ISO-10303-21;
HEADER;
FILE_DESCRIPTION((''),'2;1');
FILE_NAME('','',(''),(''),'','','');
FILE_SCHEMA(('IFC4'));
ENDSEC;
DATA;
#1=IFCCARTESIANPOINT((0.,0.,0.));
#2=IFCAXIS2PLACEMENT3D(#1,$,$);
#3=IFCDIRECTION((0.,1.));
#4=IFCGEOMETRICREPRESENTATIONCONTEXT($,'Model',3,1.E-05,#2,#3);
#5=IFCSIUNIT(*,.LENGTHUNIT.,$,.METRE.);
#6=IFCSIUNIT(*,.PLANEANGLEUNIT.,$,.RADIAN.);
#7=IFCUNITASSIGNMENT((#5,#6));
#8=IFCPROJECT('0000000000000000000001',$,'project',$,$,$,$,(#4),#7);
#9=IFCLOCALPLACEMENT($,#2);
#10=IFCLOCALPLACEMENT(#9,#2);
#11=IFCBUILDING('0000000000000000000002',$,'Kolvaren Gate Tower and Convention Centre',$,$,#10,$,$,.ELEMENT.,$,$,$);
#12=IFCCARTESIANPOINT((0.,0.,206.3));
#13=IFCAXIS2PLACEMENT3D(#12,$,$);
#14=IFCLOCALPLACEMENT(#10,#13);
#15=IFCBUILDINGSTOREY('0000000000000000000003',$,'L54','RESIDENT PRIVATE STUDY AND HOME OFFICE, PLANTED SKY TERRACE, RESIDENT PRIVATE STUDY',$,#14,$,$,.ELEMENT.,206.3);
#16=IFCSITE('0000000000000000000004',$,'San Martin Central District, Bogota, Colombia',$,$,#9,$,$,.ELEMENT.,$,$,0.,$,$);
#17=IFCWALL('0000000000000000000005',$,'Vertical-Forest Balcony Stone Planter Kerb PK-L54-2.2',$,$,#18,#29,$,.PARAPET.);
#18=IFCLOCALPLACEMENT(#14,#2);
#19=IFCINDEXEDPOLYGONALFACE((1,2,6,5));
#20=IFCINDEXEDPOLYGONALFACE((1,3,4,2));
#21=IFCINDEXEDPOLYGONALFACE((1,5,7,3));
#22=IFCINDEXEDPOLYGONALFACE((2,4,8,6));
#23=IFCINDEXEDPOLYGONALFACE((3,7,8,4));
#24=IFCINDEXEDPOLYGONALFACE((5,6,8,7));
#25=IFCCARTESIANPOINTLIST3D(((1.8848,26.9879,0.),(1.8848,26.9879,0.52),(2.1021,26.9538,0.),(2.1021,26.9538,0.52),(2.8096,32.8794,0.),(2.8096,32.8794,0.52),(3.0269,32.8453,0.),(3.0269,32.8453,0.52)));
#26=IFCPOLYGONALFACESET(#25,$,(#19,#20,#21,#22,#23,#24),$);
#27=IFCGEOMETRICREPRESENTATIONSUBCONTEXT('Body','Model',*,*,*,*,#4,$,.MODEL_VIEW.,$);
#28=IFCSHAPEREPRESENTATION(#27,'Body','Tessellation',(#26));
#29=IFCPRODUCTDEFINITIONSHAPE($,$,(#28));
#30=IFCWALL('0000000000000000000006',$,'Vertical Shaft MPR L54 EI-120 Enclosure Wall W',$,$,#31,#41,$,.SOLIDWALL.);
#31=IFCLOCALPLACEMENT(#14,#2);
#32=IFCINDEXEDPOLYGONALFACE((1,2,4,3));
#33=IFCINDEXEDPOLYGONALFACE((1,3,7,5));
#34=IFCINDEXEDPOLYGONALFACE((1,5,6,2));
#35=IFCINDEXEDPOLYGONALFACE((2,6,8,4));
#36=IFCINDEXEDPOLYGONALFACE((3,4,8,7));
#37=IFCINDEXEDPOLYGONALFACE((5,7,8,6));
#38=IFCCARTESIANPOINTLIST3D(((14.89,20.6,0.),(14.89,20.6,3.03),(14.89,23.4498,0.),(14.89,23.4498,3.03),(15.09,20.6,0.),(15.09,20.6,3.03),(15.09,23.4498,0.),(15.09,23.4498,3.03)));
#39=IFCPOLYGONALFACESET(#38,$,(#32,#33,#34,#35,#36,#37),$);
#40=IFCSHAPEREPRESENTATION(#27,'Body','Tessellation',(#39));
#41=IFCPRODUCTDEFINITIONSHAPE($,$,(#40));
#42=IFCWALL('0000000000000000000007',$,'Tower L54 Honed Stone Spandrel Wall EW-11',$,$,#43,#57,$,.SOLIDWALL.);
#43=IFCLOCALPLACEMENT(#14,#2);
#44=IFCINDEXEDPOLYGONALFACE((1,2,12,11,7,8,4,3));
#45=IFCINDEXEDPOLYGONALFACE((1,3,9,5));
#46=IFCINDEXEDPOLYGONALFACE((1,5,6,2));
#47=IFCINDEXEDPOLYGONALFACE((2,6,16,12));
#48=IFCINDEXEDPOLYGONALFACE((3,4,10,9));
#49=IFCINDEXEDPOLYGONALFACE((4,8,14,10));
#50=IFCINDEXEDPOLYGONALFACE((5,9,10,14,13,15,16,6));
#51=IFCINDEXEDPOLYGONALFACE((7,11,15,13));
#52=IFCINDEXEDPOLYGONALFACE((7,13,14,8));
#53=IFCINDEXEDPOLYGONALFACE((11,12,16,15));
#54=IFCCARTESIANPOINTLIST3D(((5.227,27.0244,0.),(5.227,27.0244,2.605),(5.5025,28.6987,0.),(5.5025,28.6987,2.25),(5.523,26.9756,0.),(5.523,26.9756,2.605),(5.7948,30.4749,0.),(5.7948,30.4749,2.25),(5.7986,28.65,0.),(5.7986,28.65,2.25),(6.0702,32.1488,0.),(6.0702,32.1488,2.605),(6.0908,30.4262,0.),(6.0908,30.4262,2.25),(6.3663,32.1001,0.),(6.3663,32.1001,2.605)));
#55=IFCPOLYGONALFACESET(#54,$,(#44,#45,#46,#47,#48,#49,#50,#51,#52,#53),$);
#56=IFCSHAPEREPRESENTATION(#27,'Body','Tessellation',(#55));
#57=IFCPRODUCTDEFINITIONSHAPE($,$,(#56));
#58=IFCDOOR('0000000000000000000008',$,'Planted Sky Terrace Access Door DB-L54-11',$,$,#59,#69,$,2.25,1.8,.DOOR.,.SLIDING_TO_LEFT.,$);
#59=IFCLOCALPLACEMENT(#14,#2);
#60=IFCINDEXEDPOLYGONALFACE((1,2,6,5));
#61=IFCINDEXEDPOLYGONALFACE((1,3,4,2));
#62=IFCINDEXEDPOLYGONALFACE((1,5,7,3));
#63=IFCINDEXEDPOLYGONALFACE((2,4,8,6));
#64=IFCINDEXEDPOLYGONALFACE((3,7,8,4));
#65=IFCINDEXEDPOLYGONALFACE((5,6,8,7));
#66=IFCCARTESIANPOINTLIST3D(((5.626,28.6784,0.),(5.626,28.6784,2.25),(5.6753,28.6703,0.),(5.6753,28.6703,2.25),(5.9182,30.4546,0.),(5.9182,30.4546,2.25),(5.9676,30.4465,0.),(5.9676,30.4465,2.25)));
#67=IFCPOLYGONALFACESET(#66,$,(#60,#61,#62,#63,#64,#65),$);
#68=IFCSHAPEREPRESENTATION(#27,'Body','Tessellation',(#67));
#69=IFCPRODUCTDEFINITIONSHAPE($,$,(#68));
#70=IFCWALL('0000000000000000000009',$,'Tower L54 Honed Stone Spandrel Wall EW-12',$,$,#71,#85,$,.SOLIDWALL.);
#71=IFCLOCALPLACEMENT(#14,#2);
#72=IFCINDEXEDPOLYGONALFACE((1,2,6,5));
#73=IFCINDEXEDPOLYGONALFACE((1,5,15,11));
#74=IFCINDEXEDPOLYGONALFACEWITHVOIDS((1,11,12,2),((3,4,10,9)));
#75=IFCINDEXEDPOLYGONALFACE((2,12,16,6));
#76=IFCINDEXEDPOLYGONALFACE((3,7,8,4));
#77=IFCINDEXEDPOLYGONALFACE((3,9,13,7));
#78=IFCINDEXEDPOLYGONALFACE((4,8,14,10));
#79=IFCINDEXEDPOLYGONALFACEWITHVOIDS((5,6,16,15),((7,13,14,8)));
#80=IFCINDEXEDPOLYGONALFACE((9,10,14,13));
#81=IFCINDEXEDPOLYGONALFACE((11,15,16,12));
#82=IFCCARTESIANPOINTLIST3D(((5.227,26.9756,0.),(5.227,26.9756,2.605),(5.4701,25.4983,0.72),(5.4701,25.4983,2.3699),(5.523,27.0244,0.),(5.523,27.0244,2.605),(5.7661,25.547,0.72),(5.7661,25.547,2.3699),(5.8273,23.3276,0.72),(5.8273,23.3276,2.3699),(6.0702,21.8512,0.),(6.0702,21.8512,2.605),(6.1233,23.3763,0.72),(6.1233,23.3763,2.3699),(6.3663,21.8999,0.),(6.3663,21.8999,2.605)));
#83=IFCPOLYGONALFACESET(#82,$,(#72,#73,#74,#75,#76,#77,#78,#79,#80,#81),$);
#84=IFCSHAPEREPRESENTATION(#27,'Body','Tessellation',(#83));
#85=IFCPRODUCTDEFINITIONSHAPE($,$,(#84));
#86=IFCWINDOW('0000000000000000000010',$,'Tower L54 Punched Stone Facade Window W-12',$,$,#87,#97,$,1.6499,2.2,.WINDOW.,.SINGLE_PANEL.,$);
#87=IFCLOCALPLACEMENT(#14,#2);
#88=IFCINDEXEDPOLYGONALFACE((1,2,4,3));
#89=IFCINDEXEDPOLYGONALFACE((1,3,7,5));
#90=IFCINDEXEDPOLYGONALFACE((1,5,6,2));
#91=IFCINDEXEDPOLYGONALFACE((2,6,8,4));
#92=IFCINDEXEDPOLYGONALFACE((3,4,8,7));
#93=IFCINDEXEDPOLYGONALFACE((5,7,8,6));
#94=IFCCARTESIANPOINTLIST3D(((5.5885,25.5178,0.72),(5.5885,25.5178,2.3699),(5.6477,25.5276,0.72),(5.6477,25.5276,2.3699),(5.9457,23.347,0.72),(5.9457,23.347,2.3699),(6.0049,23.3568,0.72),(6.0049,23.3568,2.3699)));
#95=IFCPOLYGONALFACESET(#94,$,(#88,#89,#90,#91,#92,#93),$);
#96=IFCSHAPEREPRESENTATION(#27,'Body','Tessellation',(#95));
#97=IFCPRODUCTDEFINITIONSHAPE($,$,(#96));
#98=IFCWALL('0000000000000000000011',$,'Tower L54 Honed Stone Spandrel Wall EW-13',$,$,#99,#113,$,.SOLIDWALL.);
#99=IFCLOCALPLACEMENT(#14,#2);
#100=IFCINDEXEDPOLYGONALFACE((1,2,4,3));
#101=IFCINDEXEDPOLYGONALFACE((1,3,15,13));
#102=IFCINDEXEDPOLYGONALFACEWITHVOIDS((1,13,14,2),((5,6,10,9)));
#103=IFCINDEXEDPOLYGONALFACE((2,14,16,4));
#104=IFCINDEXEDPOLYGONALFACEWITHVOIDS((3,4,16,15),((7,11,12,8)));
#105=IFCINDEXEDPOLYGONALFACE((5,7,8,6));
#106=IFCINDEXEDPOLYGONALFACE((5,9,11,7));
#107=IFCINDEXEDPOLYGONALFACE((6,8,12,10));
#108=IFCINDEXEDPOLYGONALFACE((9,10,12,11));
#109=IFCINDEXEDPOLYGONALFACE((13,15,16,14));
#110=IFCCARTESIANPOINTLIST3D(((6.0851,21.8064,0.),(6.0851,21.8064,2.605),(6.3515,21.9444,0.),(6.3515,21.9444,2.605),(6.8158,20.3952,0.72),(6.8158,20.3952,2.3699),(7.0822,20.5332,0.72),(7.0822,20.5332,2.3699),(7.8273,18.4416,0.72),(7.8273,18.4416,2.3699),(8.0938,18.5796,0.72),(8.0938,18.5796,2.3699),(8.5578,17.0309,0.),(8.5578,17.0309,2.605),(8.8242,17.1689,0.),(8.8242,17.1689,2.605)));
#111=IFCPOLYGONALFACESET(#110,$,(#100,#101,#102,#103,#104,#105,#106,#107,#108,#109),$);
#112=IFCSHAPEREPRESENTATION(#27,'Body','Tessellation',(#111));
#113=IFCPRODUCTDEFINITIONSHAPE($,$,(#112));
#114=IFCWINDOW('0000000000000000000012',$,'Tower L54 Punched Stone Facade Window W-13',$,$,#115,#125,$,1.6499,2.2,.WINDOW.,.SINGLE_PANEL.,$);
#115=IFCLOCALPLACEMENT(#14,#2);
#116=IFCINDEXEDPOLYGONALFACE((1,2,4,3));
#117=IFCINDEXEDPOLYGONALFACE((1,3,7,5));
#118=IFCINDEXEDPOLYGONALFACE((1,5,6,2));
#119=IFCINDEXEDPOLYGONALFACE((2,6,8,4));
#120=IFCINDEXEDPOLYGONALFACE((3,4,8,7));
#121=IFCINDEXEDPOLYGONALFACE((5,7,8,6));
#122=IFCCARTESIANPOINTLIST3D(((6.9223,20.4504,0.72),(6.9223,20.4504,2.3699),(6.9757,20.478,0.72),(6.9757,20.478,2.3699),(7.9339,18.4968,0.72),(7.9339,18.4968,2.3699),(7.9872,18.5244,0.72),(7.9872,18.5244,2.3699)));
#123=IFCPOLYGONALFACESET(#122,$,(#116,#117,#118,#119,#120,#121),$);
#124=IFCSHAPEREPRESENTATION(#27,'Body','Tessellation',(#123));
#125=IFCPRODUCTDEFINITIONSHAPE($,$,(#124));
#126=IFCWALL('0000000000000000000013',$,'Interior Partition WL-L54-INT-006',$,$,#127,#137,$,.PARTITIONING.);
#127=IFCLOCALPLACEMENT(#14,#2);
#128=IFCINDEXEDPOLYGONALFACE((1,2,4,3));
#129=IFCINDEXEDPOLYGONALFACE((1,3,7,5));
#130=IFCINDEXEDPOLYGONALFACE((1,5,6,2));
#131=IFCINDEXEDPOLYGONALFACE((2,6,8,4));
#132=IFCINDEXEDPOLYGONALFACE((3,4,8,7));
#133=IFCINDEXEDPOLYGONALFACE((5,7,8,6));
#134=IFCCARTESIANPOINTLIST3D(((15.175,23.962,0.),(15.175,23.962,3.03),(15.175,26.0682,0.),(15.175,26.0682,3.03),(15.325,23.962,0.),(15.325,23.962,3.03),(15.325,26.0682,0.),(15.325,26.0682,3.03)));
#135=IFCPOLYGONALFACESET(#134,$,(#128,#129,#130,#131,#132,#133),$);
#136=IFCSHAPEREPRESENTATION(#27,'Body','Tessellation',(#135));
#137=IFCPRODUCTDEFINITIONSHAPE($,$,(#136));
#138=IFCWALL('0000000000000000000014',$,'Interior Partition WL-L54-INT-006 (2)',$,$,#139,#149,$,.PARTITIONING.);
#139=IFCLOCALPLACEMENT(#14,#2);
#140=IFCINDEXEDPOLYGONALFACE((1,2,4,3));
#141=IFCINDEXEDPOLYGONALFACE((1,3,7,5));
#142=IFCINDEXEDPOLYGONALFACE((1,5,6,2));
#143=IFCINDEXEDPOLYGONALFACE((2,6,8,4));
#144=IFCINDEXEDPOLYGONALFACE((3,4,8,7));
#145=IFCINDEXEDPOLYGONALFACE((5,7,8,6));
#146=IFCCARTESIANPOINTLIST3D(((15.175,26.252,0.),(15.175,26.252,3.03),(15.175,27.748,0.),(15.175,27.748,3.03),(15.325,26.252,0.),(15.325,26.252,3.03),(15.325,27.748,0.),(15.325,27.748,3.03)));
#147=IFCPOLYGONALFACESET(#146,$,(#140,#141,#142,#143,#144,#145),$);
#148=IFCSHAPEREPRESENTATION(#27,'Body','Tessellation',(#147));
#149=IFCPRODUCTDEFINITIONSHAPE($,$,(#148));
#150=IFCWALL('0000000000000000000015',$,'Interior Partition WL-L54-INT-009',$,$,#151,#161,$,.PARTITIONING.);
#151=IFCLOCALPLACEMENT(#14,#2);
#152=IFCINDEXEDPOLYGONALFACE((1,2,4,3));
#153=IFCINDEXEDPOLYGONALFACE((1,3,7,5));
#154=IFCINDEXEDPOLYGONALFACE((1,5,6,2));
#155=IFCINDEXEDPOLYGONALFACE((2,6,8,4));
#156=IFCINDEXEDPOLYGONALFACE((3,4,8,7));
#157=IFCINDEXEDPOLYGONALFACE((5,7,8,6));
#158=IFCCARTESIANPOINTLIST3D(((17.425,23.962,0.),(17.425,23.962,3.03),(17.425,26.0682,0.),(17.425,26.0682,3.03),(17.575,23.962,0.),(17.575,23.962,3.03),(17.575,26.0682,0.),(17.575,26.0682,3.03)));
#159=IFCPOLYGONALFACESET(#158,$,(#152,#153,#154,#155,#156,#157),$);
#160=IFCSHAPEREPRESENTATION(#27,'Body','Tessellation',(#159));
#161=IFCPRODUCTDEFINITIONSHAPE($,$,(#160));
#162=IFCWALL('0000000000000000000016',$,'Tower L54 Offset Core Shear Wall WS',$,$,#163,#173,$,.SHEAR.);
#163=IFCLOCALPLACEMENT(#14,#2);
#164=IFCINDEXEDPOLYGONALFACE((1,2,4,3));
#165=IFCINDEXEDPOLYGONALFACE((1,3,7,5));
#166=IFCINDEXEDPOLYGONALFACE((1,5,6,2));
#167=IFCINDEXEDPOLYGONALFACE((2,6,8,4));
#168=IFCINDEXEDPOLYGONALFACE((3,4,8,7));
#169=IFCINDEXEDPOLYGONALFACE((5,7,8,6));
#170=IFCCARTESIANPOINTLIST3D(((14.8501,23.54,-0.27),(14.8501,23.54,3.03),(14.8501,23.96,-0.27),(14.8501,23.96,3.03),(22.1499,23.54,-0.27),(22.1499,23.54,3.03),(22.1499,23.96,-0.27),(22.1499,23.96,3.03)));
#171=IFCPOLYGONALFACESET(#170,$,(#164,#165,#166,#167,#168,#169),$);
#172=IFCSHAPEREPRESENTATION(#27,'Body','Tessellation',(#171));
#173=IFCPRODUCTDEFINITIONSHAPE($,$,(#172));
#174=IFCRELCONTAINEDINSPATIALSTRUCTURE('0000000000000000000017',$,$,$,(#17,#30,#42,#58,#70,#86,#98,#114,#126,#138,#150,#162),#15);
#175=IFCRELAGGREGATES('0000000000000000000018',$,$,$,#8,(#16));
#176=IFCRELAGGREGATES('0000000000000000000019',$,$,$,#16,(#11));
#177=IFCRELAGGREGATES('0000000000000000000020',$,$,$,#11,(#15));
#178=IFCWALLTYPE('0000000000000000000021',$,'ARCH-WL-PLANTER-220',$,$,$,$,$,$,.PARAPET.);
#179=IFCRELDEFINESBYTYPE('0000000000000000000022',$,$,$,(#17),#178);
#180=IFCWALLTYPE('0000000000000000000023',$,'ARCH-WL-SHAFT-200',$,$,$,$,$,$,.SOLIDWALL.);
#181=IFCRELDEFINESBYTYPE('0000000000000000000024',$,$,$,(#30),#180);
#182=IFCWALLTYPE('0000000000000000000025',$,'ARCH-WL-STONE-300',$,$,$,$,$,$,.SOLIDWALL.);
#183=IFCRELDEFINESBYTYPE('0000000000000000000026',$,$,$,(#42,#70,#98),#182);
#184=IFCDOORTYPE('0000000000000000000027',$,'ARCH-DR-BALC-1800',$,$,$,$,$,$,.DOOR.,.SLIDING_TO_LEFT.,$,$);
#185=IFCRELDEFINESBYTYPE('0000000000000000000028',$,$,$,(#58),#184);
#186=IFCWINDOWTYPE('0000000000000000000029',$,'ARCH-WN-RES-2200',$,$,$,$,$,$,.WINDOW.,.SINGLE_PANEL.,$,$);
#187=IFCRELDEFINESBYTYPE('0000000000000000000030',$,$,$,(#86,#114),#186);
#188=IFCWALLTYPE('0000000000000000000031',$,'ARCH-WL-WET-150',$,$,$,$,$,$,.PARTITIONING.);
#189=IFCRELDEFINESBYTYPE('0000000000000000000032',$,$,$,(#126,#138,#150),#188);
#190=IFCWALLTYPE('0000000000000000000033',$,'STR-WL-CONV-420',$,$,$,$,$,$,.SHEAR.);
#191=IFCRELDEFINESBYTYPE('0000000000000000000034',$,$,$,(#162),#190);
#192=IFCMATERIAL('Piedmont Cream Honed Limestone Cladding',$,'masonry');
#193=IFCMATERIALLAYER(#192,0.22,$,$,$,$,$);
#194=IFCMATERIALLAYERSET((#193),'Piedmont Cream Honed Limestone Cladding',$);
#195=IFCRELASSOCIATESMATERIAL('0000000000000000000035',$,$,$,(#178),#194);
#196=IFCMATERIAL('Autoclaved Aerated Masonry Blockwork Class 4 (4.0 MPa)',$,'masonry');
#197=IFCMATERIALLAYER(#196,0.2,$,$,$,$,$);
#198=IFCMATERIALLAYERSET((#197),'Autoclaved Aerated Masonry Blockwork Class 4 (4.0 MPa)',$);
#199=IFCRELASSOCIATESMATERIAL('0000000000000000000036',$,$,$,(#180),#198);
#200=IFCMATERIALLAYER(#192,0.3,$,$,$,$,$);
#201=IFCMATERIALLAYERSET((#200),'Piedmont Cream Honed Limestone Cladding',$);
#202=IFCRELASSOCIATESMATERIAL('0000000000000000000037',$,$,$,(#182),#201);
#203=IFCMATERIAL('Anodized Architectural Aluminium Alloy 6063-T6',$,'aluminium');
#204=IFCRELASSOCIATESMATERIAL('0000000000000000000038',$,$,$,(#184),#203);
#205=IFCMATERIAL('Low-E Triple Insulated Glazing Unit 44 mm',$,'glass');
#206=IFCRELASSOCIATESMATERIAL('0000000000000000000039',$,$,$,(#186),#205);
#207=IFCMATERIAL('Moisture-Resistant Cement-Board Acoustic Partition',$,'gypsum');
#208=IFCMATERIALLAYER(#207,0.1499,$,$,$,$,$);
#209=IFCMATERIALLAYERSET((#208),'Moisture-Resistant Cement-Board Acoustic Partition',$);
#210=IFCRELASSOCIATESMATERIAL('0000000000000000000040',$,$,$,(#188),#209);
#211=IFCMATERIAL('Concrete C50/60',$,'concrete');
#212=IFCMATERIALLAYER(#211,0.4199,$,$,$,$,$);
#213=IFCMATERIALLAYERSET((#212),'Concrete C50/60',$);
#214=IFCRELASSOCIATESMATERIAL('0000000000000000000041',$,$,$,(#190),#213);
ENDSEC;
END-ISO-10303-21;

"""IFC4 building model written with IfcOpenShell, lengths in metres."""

from ifc_helpers import new_model, si_unit, direction, frame, frame_2d, origin, place, context, subcontext, project, spatial, rectangle, extrude, material, layer, layer_set, type_object, element, fill, save


model = new_model("IFC4")

# Units and contexts
model_context = context("Model", 3, precision=1e-05, world=origin(), true_north=direction((0.0, 1.0)))
body_context = subcontext(model_context, "Body", "Model", "MODEL_VIEW")
ifc_project = project(units=[si_unit("LENGTHUNIT", "METRE"), si_unit("PLANEANGLEUNIT", "RADIAN")], contexts=[model_context])

# Site, building, storey
site_placement = place(None, origin())
site = spatial("IfcSite", under=ifc_project, at=site_placement, Name="San Martin Central District, Bogota, Colombia", CompositionType="ELEMENT", RefElevation=0.0)
building_placement = place(site_placement, origin())
building = spatial("IfcBuilding", under=site, at=building_placement, Name="Kolvaren Gate Tower and Convention Centre", CompositionType="ELEMENT")
storey_placement = place(building_placement, frame((0.0, 0.0, 206.3)))
storey = spatial("IfcBuildingStorey", under=building, at=storey_placement, Name="L54", Description="RESIDENT PRIVATE STUDY AND HOME OFFICE, PLANTED SKY TERRACE, RESIDENT PRIVATE STUDY", CompositionType="ELEMENT", Elevation=206.3)

# Shared definitions
ifc_material_1 = material(Name="Anodized Architectural Aluminium Alloy 6063-T6", Category="aluminium")

# Shared definitions
ifc_material_2 = material(Name="Autoclaved Aerated Masonry Blockwork Class 4 (4.0 MPa)", Category="masonry")

# Walls
ifc_material_3 = material(Name="Piedmont Cream Honed Limestone Cladding", Category="masonry")
ifc_layer_1 = layer(ifc_material_3, 0.22)
ifc_layer_set_1 = layer_set([ifc_layer_1], Name="Piedmont Cream Honed Limestone Cladding")
wall_type_1 = type_object("IfcWallType", Name="ARCH-WL-PLANTER-220", PredefinedType="PARAPET", material=ifc_layer_set_1)
wall_1_placement = place(storey_placement, frame((1.9934, 26.9707, 0.0), z_axis=(0.0, 0.0, 1.0), x_axis=(0.155071, 0.987903, 0.0)))
element("IfcWall", 1, at=wall_1_placement, inside=storey, type_object=wall_type_1, Name="Vertical-Forest Balcony Stone Planter Kerb PK-L54-2.2", PredefinedType="PARAPET", context=body_context, shape_type="SweptSolid", body=[
    extrude(rectangle(XDim=5.9636, YDim=0.22, at=frame_2d((2.9819, 0.0))), origin(), (0.0, 0.0, 1.0), 0.52),
])
ifc_layer_2 = layer(ifc_material_2, 0.2)
ifc_layer_set_2 = layer_set([ifc_layer_2], Name="Autoclaved Aerated Masonry Blockwork Class 4 (4.0 MPa)")
wall_type_2 = type_object("IfcWallType", Name="ARCH-WL-SHAFT-200", PredefinedType="SOLIDWALL", material=ifc_layer_set_2)
wall_2_placement = place(storey_placement, frame((14.99, 20.6001, 0.0), z_axis=(0.0, 0.0, 1.0), x_axis=(0.0, 1.0, 0.0)))
element("IfcWall", 2, at=wall_2_placement, inside=storey, type_object=wall_type_2, Name="Vertical Shaft MPR L54 EI-120 Enclosure Wall W", PredefinedType="SOLIDWALL", context=body_context, shape_type="SweptSolid", body=[
    extrude(rectangle(XDim=2.8499, YDim=0.2, at=frame_2d((1.4248, 0.0))), origin(), (0.0, 0.0, 1.0), 3.03),
])

# Wall, opening, door
ifc_layer_3 = layer(ifc_material_3, 0.3)
ifc_layer_set_3 = layer_set([ifc_layer_3], Name="Piedmont Cream Honed Limestone Cladding")
wall_type_3 = type_object("IfcWallType", Name="ARCH-WL-STONE-300", PredefinedType="SOLIDWALL", material=ifc_layer_set_3)
wall_3_placement = place(storey_placement, frame((5.375, 27.0, 0.0), z_axis=(0.0, 0.0, 1.0), x_axis=(0.162371, 0.98673, 0.0)))
wall_3 = element("IfcWall", 3, at=wall_3_placement, inside=storey, type_object=wall_type_3, Name="Tower L54 Honed Stone Spandrel Wall EW-11", PredefinedType="SOLIDWALL", context=body_context, shape_type="SweptSolid", body=[
    extrude(rectangle(XDim=5.1934, YDim=0.3, at=frame_2d((2.5967, 0.0))), origin(), (0.0, 0.0, 1.0), 2.605),
])
opening_1_placement = place(wall_3_placement, frame((1.697, 0.0, 0.0)))
opening_1 = element("IfcOpeningElement", 4, at=opening_1_placement, cuts=wall_3, PredefinedType="OPENING", context=body_context, shape_type="SweptSolid", body=[
    extrude(rectangle(XDim=1.8, YDim=2.25, at=frame_2d((0.8999, 1.125))), frame((0.0, 0.1599, 0.0), z_axis=(0.0, -1.0, 0.0), x_axis=(1.0, 0.0, 0.0)), (0.0, 0.0, 1.0), 0.3201),
])
door_type_1 = type_object("IfcDoorType", Name="ARCH-DR-BALC-1800", OperationType="SLIDING_TO_LEFT", PredefinedType="DOOR", material=ifc_material_1)
door_1_placement = place(opening_1_placement, origin())
door_1 = element("IfcDoor", 5, at=door_1_placement, inside=storey, type_object=door_type_1, Name="Planted Sky Terrace Access Door DB-L54-11", OperationType="SLIDING_TO_LEFT", OverallHeight=2.25, OverallWidth=1.8, PredefinedType="DOOR", context=body_context, shape_type="SweptSolid", body=[
    extrude(rectangle(XDim=1.8, YDim=2.25, at=frame_2d((0.8999, 1.125))), frame((0.0, 0.0249, 0.0), z_axis=(0.0, -1.0, 0.0), x_axis=(1.0, 0.0, 0.0)), (0.0, 0.0, 1.0), 0.05),
])
fill(opening_1, door_1)

# Walls, openings, windows
wall_4_placement = place(storey_placement, frame((5.375, 27.0, 0.0), z_axis=(0.0, 0.0, 1.0), x_axis=(0.162371, -0.98673, 0.0)))
wall_4 = element("IfcWall", 6, at=wall_4_placement, inside=storey, type_object=wall_type_3, Name="Tower L54 Honed Stone Spandrel Wall EW-12", PredefinedType="SOLIDWALL", context=body_context, shape_type="SweptSolid", body=[
    extrude(rectangle(XDim=5.1934, YDim=0.3, at=frame_2d((2.5967, 0.0))), origin(), (0.0, 0.0, 1.0), 2.605),
])
opening_2_placement = place(wall_4_placement, frame((1.4971, 0.0, 0.72)))
opening_2 = element("IfcOpeningElement", 7, at=opening_2_placement, cuts=wall_4, PredefinedType="OPENING", context=body_context, shape_type="SweptSolid", body=[
    extrude(rectangle(XDim=2.2, YDim=1.6499, at=frame_2d((1.1001, 0.825))), frame((0.0, 0.1599, 0.0), z_axis=(0.0, -1.0, 0.0), x_axis=(1.0, 0.0, 0.0)), (0.0, 0.0, 1.0), 0.3201),
])
ifc_material_4 = material(Name="Low-E Triple Insulated Glazing Unit 44 mm", Category="glass")
window_type = type_object("IfcWindowType", Name="ARCH-WN-RES-2200", PartitioningType="SINGLE_PANEL", PredefinedType="WINDOW", material=ifc_material_4)
window_1_placement = place(opening_2_placement, origin())
window_1 = element("IfcWindow", 8, at=window_1_placement, inside=storey, type_object=window_type, Name="Tower L54 Punched Stone Facade Window W-12", OverallHeight=1.6499, OverallWidth=2.2, PartitioningType="SINGLE_PANEL", PredefinedType="WINDOW", context=body_context, shape_type="SweptSolid", body=[
    extrude(rectangle(XDim=2.2, YDim=1.6499, at=frame_2d((1.1001, 0.825))), frame((0.0, 0.03, 0.0), z_axis=(0.0, -1.0, 0.0), x_axis=(1.0, 0.0, 0.0)), (0.0, 0.0, 1.0), 0.0601),
])
fill(opening_2, window_1)
wall_5_placement = place(storey_placement, frame((6.2183, 21.8755, 0.0), z_axis=(0.0, 0.0, 1.0), x_axis=(0.459808, -0.888018, 0.0)))
wall_5 = element("IfcWall", 9, at=wall_5_placement, inside=storey, type_object=wall_type_3, Name="Tower L54 Honed Stone Spandrel Wall EW-13", PredefinedType="SOLIDWALL", context=body_context, shape_type="SweptSolid", body=[
    extrude(rectangle(XDim=5.3777, YDim=0.3, at=frame_2d((2.689, 0.0))), origin(), (0.0, 0.0, 1.0), 2.605),
])
opening_3_placement = place(wall_5_placement, frame((1.5891, 0.0, 0.72)))
opening_3 = element("IfcOpeningElement", 10, at=opening_3_placement, cuts=wall_5, PredefinedType="OPENING", context=body_context, shape_type="SweptSolid", body=[
    extrude(rectangle(XDim=2.2, YDim=1.6499, at=frame_2d((1.1001, 0.825))), frame((0.0, 0.1599, 0.0), z_axis=(0.0, -1.0, 0.0), x_axis=(1.0, 0.0, 0.0)), (0.0, 0.0, 1.0), 0.3201),
])
window_2_placement = place(opening_3_placement, origin())
window_2 = element("IfcWindow", 11, at=window_2_placement, inside=storey, type_object=window_type, Name="Tower L54 Punched Stone Facade Window W-13", OverallHeight=1.6499, OverallWidth=2.2, PartitioningType="SINGLE_PANEL", PredefinedType="WINDOW", context=body_context, shape_type="SweptSolid", body=[
    extrude(rectangle(XDim=2.2, YDim=1.6499, at=frame_2d((1.1001, 0.825))), frame((0.0, 0.03, 0.0), z_axis=(0.0, -1.0, 0.0), x_axis=(1.0, 0.0, 0.0)), (0.0, 0.0, 1.0), 0.0601),
])
fill(opening_3, window_2)

# Walls
ifc_material_5 = material(Name="Moisture-Resistant Cement-Board Acoustic Partition", Category="gypsum")
ifc_layer_4 = layer(ifc_material_5, 0.1499)
ifc_layer_set_4 = layer_set([ifc_layer_4], Name="Moisture-Resistant Cement-Board Acoustic Partition")
wall_type_4 = type_object("IfcWallType", Name="ARCH-WL-WET-150", PredefinedType="PARTITIONING", material=ifc_layer_set_4)
wall_6_placement = place(storey_placement, frame((15.25, 23.9619, 0.0), z_axis=(0.0, 0.0, 1.0), x_axis=(0.0, 1.0, 0.0)))
element("IfcWall", 12, at=wall_6_placement, inside=storey, type_object=wall_type_4, Name="Interior Partition WL-L54-INT-006", PredefinedType="PARTITIONING", context=body_context, shape_type="SweptSolid", body=[
    extrude(rectangle(XDim=2.1062, YDim=0.1499, at=frame_2d((1.0532, 0.0))), origin(), (0.0, 0.0, 1.0), 3.03),
])
wall_7_placement = place(storey_placement, frame((15.25, 26.252, 0.0), z_axis=(0.0, 0.0, 1.0), x_axis=(0.0, 1.0, 0.0)))
element("IfcWall", 13, at=wall_7_placement, inside=storey, type_object=wall_type_4, Name="Interior Partition WL-L54-INT-006 (2)", PredefinedType="PARTITIONING", context=body_context, shape_type="SweptSolid", body=[
    extrude(rectangle(XDim=1.4961, YDim=0.1499, at=frame_2d((0.748, 0.0))), origin(), (0.0, 0.0, 1.0), 3.03),
])
wall_8_placement = place(storey_placement, frame((17.5, 23.9619, 0.0), z_axis=(0.0, 0.0, 1.0), x_axis=(0.0, 1.0, 0.0)))
element("IfcWall", 14, at=wall_8_placement, inside=storey, type_object=wall_type_4, Name="Interior Partition WL-L54-INT-009", PredefinedType="PARTITIONING", context=body_context, shape_type="SweptSolid", body=[
    extrude(rectangle(XDim=2.1062, YDim=0.1499, at=frame_2d((1.0532, 0.0))), origin(), (0.0, 0.0, 1.0), 3.03),
])
ifc_material_6 = material(Name="Concrete C50/60", Category="concrete")
ifc_layer_5 = layer(ifc_material_6, 0.4199)
ifc_layer_set_5 = layer_set([ifc_layer_5], Name="Concrete C50/60")
wall_type_5 = type_object("IfcWallType", Name="STR-WL-CONV-420", PredefinedType="SHEAR", material=ifc_layer_set_5)
wall_9_placement = place(storey_placement, frame((14.8501, 23.75, -0.27), z_axis=(0.0, 0.0, 1.0), x_axis=(1.0, 0.0, 0.0)))
element("IfcWall", 15, at=wall_9_placement, inside=storey, type_object=wall_type_5, Name="Tower L54 Offset Core Shear Wall WS", PredefinedType="SHEAR", context=body_context, shape_type="SweptSolid", body=[
    extrude(rectangle(XDim=7.2998, YDim=0.4199, at=frame_2d((3.6499, 0.0))), origin(), (0.0, 0.0, 1.0), 3.3),
])

save(model, "model.ifc")
